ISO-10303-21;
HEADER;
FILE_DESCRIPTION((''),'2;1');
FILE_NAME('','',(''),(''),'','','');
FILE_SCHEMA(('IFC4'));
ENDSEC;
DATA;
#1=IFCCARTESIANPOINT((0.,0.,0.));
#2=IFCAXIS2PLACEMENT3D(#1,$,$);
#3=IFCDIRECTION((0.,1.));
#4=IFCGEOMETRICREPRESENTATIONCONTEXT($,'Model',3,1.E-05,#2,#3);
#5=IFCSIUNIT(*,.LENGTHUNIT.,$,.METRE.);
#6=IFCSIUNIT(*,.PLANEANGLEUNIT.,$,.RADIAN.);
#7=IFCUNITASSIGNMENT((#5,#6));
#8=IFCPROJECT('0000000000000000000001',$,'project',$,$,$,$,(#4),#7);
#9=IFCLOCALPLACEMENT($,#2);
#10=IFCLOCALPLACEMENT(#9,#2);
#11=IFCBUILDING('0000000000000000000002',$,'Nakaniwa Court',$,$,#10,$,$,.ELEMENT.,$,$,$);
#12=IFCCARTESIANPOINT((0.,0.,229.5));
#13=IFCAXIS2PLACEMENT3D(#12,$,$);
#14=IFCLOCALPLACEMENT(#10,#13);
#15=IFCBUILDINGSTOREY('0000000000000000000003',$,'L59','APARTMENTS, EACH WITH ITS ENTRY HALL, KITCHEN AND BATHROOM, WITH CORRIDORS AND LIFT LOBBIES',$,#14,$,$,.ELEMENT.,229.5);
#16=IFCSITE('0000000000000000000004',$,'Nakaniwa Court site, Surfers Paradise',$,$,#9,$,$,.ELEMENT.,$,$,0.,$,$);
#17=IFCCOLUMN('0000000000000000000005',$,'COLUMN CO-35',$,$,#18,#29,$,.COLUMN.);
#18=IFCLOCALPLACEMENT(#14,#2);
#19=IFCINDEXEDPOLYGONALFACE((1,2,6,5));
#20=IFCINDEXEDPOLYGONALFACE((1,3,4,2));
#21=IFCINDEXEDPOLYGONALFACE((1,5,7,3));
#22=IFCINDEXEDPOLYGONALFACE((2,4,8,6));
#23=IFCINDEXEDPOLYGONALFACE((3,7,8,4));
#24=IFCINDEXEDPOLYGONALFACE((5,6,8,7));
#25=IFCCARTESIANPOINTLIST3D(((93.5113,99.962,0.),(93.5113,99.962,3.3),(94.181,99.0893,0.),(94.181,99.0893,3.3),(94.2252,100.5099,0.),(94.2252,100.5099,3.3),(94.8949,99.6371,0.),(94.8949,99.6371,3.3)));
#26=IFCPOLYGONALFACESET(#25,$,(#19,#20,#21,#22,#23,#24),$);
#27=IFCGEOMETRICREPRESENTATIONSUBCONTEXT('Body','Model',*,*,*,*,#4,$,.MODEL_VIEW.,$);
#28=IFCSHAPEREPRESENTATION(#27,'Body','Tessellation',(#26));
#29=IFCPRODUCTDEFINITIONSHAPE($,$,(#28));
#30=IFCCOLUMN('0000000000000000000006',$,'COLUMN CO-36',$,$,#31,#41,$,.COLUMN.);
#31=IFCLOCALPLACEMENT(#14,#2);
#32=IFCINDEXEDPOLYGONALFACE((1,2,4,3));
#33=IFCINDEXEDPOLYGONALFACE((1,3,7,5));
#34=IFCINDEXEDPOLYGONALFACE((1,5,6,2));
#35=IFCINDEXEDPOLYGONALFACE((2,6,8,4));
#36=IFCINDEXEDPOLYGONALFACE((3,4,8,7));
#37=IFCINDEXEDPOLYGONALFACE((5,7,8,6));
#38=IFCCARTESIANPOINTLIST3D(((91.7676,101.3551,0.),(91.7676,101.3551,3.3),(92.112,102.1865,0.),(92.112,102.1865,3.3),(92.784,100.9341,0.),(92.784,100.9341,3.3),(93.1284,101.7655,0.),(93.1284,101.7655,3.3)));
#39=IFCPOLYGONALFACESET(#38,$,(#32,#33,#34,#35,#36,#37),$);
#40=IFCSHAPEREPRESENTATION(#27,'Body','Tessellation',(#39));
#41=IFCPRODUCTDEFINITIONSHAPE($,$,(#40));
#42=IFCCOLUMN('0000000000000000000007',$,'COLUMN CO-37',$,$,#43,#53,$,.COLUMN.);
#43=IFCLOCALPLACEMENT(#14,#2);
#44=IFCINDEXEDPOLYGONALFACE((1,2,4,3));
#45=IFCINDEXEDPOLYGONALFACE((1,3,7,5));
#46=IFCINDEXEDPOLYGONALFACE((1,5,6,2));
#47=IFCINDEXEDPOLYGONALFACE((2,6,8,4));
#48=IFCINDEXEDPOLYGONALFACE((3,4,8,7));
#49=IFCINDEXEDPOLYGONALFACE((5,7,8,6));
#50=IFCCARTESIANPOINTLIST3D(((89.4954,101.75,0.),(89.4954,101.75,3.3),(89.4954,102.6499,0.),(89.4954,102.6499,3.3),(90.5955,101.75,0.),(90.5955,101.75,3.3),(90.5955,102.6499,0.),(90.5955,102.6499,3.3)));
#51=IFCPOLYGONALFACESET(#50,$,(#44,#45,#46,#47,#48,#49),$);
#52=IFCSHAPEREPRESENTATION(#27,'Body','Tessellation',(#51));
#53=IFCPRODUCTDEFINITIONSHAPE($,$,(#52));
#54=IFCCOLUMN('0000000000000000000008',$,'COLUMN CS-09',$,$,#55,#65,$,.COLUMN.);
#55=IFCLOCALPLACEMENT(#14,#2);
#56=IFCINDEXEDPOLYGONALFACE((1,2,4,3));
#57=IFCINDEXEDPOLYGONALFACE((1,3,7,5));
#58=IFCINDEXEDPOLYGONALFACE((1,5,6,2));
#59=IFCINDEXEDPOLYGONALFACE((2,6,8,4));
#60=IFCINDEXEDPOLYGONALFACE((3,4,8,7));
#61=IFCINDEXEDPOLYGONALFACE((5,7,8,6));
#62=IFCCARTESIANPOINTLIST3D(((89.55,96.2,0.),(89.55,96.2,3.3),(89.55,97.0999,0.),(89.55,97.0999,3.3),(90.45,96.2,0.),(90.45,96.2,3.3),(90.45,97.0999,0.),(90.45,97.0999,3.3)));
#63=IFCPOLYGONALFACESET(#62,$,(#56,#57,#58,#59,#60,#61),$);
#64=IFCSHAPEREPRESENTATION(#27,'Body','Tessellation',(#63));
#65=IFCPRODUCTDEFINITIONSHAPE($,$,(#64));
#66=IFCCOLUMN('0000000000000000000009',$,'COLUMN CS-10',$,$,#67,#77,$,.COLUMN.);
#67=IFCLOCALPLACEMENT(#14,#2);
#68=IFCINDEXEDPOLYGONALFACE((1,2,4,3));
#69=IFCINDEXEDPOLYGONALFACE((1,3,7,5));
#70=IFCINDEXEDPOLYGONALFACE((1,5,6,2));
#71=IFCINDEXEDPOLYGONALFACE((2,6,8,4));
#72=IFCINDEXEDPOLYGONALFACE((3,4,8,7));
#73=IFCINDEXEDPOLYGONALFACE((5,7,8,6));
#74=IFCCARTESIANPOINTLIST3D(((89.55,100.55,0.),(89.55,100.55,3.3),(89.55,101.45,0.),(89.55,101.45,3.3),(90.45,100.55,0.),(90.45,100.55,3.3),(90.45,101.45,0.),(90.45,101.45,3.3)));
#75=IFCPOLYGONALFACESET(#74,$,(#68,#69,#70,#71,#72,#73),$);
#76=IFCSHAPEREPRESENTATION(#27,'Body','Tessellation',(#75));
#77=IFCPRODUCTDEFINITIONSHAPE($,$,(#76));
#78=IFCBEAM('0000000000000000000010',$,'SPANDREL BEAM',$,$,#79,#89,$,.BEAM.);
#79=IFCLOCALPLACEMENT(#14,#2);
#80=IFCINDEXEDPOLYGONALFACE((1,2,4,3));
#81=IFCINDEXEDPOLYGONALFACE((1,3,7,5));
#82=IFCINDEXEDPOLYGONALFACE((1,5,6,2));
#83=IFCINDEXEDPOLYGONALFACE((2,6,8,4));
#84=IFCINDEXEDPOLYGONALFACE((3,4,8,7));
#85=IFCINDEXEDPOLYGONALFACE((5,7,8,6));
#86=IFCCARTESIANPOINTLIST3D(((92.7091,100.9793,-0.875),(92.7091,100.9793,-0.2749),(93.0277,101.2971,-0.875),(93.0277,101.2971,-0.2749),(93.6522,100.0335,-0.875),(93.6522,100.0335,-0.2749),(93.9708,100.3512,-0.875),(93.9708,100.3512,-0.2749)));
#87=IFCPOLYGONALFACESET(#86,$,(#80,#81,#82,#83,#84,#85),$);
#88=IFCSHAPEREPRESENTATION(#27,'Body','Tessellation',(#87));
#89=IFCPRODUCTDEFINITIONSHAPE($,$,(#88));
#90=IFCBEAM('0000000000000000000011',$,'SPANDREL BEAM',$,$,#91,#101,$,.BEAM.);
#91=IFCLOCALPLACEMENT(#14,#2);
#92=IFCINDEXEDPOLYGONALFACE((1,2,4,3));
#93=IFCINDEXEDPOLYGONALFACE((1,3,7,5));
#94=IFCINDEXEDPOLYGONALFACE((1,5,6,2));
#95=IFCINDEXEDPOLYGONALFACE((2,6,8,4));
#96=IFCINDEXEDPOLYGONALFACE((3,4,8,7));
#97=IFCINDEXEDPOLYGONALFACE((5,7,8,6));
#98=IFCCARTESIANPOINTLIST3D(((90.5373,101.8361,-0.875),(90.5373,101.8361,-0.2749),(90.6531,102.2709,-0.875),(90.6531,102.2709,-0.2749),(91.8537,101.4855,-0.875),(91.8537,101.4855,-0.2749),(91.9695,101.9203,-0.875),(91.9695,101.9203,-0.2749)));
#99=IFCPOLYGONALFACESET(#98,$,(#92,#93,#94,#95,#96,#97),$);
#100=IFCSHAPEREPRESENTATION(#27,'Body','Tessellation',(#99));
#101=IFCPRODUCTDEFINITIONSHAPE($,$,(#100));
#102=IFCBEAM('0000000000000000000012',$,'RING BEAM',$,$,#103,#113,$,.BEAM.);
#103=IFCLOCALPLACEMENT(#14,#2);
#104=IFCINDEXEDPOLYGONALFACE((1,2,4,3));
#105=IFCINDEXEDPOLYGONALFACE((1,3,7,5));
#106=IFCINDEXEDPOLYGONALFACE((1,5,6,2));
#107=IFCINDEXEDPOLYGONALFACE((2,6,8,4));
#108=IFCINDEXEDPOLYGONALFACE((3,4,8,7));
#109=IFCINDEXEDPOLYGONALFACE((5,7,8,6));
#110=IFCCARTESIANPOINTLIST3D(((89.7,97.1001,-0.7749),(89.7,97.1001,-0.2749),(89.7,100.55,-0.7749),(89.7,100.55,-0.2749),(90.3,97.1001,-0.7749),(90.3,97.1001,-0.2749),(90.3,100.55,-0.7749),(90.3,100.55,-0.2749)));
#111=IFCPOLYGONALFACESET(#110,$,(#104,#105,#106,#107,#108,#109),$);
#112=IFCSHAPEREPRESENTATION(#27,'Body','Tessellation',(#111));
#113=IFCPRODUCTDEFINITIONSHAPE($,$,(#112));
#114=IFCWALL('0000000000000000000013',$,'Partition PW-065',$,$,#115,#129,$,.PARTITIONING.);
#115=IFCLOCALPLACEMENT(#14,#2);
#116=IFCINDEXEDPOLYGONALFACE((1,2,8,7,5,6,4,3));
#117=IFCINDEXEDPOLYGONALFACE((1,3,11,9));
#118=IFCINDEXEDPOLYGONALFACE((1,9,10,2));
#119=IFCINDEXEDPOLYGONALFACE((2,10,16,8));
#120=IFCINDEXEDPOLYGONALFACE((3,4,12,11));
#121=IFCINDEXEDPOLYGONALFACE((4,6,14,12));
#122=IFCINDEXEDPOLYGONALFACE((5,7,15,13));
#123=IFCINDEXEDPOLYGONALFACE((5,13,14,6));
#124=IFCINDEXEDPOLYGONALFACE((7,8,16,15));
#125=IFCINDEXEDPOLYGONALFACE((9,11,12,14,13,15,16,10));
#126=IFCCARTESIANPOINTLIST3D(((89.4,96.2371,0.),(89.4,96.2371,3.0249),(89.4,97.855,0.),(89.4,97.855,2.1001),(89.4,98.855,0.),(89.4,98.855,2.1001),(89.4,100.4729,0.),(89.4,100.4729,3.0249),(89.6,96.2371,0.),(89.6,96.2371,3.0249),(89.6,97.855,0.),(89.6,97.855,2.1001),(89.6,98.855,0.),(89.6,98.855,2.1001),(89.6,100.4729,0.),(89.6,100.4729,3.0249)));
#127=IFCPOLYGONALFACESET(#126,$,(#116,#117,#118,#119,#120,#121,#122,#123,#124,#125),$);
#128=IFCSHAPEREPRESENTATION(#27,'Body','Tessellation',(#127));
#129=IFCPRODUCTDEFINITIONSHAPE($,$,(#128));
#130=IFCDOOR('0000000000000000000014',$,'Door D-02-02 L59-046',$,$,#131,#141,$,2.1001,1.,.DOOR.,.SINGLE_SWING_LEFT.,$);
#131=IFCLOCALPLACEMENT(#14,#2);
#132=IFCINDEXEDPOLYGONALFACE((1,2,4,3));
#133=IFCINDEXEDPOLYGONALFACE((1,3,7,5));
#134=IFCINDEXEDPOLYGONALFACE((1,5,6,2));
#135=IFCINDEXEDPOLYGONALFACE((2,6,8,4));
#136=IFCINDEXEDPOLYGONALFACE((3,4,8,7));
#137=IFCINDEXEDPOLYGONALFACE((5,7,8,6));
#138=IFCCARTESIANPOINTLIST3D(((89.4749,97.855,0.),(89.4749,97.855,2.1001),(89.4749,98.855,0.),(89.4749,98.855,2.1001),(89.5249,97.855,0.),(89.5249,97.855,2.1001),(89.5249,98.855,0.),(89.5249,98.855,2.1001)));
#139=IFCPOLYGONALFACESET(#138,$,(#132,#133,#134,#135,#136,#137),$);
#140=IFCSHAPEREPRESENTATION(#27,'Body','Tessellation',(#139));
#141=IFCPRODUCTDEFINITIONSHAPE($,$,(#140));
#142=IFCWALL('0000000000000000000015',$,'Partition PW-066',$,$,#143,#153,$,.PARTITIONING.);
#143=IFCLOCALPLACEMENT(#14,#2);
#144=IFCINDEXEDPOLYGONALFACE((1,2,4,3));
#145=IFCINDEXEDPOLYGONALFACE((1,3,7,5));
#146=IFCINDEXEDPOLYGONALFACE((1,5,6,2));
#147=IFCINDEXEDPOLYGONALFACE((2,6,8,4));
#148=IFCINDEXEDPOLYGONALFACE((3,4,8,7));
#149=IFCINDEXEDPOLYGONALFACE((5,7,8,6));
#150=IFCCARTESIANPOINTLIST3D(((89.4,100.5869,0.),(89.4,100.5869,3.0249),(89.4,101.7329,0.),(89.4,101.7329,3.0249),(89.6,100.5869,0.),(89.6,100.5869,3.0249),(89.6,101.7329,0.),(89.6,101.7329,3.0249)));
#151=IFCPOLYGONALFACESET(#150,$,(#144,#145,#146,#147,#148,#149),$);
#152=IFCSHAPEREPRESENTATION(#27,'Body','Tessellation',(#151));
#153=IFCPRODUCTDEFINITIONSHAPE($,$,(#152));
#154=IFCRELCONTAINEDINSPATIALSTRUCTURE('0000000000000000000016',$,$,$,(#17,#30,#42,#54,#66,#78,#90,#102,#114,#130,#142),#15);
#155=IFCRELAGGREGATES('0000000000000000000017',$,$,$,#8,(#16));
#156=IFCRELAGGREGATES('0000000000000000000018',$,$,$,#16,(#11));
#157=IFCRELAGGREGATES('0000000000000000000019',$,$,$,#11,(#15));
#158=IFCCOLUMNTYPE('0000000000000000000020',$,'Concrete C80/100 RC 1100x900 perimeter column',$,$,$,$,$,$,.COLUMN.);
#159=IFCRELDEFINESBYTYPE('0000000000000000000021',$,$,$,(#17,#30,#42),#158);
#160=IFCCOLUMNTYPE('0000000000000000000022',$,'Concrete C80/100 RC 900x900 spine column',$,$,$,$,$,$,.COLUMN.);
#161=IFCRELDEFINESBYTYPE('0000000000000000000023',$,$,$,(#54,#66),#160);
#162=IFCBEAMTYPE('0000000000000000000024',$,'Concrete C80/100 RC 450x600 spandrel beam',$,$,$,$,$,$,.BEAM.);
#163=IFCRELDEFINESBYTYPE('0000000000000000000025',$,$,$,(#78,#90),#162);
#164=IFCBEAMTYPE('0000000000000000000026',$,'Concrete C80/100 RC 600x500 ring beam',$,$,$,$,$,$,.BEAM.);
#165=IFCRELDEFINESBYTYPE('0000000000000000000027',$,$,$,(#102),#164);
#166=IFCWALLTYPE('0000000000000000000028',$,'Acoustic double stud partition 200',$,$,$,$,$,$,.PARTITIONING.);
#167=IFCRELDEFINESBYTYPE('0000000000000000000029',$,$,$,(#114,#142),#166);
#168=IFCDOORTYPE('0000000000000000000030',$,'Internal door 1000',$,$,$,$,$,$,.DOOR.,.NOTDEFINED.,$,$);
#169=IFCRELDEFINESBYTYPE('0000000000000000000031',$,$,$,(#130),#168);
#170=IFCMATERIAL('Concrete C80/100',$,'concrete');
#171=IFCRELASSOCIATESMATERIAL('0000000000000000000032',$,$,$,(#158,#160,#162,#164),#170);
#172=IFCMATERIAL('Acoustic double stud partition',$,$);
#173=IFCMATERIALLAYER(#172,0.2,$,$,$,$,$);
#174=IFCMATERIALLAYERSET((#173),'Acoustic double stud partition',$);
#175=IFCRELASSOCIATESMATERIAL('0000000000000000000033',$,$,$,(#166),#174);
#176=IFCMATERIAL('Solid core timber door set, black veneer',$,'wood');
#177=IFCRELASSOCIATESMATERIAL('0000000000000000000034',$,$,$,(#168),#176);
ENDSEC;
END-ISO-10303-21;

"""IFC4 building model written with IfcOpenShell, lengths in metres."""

from ifc_helpers import new_model, si_unit, direction, frame, frame_2d, origin, origin_2d, place, context, subcontext, project, spatial, rectangle, extrude, material, layer, layer_set, material_profile, profile_set, type_object, element, fill, save


model = new_model("IFC4")

# Units and contexts
model_context = context("Model", 3, precision=1e-05, world=origin(), true_north=direction((0.0, 1.0)))
body_context = subcontext(model_context, "Body", "Model", "MODEL_VIEW")
ifc_project = project(units=[si_unit("LENGTHUNIT", "METRE"), si_unit("PLANEANGLEUNIT", "RADIAN")], contexts=[model_context])

# Site, building, storey
site_placement = place(None, origin())
site = spatial("IfcSite", under=ifc_project, at=site_placement, Name="Nakaniwa Court site, Surfers Paradise", CompositionType="ELEMENT", RefElevation=0.0)
building_placement = place(site_placement, origin())
building = spatial("IfcBuilding", under=site, at=building_placement, Name="Nakaniwa Court", CompositionType="ELEMENT")
storey_placement = place(building_placement, frame((0.0, 0.0, 229.5)))
storey = spatial("IfcBuildingStorey", under=building, at=storey_placement, Name="L59", Description="APARTMENTS, EACH WITH ITS ENTRY HALL, KITCHEN AND BATHROOM, WITH CORRIDORS AND LIFT LOBBIES", CompositionType="ELEMENT", Elevation=229.5)

# Columns
ifc_material_1 = material(Name="Concrete C80/100", Category="concrete")
ifc_material_profile_1 = material_profile(ifc_material_1, rectangle(XDim=1.1001, YDim=0.8999, at=origin_2d()), Name="Concrete C80/100 RC 1100x900 perimeter column")
ifc_profile_set_1 = profile_set([ifc_material_profile_1], Name="Concrete C80/100")
column_type_1 = type_object("IfcColumnType", Name="Concrete C80/100 RC 1100x900 perimeter column", PredefinedType="COLUMN", material=ifc_profile_set_1)
for number, where, z_axis, x_axis, name in (
    (1, (94.2031, 99.7996, 0.0), (0.0, 0.0, 1.0), (-0.608761, 0.793353, 0.0), "COLUMN CO-35"),
    (2, (92.448, 101.5603, 0.0), (0.0, 0.0, 1.0), (-0.92388, 0.382683, 0.0), "COLUMN CO-36"),
    (3, (90.0454, 102.2, 0.0), (0.0, 0.0, 1.0), (-1.0, 0.0, 0.0), "COLUMN CO-37"),
):
    element("IfcColumn", number, at=place(storey_placement, frame(where, z_axis=z_axis, x_axis=x_axis)), inside=storey, type_object=column_type_1, Name=name, PredefinedType="COLUMN", context=body_context, shape_type="SweptSolid", body=[
        extrude(rectangle(XDim=1.1001, YDim=0.8999, at=origin_2d()), origin(), (0.0, 0.0, 1.0), 3.3),
    ])
ifc_material_profile_2 = material_profile(ifc_material_1, rectangle(XDim=0.8999, YDim=0.8999, at=origin_2d()), Name="Concrete C80/100 RC 900x900 spine column")
ifc_profile_set_2 = profile_set([ifc_material_profile_2], Name="Concrete C80/100")
column_type_2 = type_object("IfcColumnType", Name="Concrete C80/100 RC 900x900 spine column", PredefinedType="COLUMN", material=ifc_profile_set_2)
for number, where, z_axis, x_axis, name in (
    (4, (90.0, 96.6499, 0.0), (0.0, 0.0, 1.0), (0.0, 1.0, 0.0), "COLUMN CS-09"),
    (5, (90.0, 101.0, 0.0), (0.0, 0.0, 1.0), (0.0, 1.0, 0.0), "COLUMN CS-10"),
):
    element("IfcColumn", number, at=place(storey_placement, frame(where, z_axis=z_axis, x_axis=x_axis)), inside=storey, type_object=column_type_2, Name=name, PredefinedType="COLUMN", context=body_context, shape_type="SweptSolid", body=[
        extrude(rectangle(XDim=0.8999, YDim=0.8999, at=origin_2d()), origin(), (0.0, 0.0, 1.0), 3.3),
    ])

# Beams
ifc_material_profile_3 = material_profile(ifc_material_1, rectangle(XDim=0.45, YDim=0.6001, at=origin_2d()), Name="Concrete C80/100 RC 450x600 spandrel beam")
ifc_profile_set_3 = profile_set([ifc_material_profile_3], Name="Concrete C80/100")
beam_type_1 = type_object("IfcBeamType", Name="Concrete C80/100 RC 450x600 spandrel beam", PredefinedType="BEAM", material=ifc_profile_set_3)
beam_1_placement = place(storey_placement, frame((93.8115, 100.1924, -0.575), z_axis=(-0.706101, 0.708111, 0.0), x_axis=(-0.708111, -0.706101, 0.0)))
element("IfcBeam", 6, at=beam_1_placement, inside=storey, type_object=beam_type_1, Name="SPANDREL BEAM", PredefinedType="BEAM", context=body_context, shape_type="SweptSolid", body=[
    extrude(rectangle(XDim=0.45, YDim=0.6001, at=origin_2d()), origin(), (0.0, 0.0, 1.0), 1.3357),
])
beam_2_placement = place(storey_placement, frame((91.9116, 101.7029, -0.575), z_axis=(-0.966318, 0.25735, 0.0), x_axis=(-0.25735, -0.966318, 0.0)))
element("IfcBeam", 7, at=beam_2_placement, inside=storey, type_object=beam_type_1, Name="SPANDREL BEAM", PredefinedType="BEAM", context=body_context, shape_type="SweptSolid", body=[
    extrude(rectangle(XDim=0.45, YDim=0.6001, at=origin_2d()), origin(), (0.0, 0.0, 1.0), 1.3623),
])
ifc_material_profile_4 = material_profile(ifc_material_1, rectangle(XDim=0.6001, YDim=0.5, at=origin_2d()), Name="Concrete C80/100 RC 600x500 ring beam")
ifc_profile_set_4 = profile_set([ifc_material_profile_4], Name="Concrete C80/100")
beam_type_2 = type_object("IfcBeamType", Name="Concrete C80/100 RC 600x500 ring beam", PredefinedType="BEAM", material=ifc_profile_set_4)
beam_3_placement = place(storey_placement, frame((90.0, 97.1001, -0.5249), z_axis=(0.0, 1.0, 0.0), x_axis=(-1.0, 0.0, 0.0)))
element("IfcBeam", 8, at=beam_3_placement, inside=storey, type_object=beam_type_2, Name="RING BEAM", PredefinedType="BEAM", context=body_context, shape_type="SweptSolid", body=[
    extrude(rectangle(XDim=0.6001, YDim=0.5, at=origin_2d()), origin(), (0.0, 0.0, 1.0), 3.45),
])

# Wall, opening, door
ifc_material_2 = material(Name="Acoustic double stud partition")
ifc_layer_1 = layer(ifc_material_2, 0.2)
ifc_layer_set_1 = layer_set([ifc_layer_1], Name="Acoustic double stud partition")
wall_type_1 = type_object("IfcWallType", Name="Acoustic double stud partition 200", PredefinedType="PARTITIONING", material=ifc_layer_set_1)
wall_1_placement = place(storey_placement, frame((89.5, 100.4729, 0.0), z_axis=(0.0, 0.0, 1.0), x_axis=(0.0, -1.0, 0.0)))
wall_1 = element("IfcWall", 9, at=wall_1_placement, inside=storey, type_object=wall_type_1, Name="Partition PW-065", PredefinedType="PARTITIONING", context=body_context, shape_type="SweptSolid", body=[
    extrude(rectangle(XDim=4.2358, YDim=0.2, at=frame_2d((2.1179, 0.0))), origin(), (0.0, 0.0, 1.0), 3.0249),
])
opening_1_placement = place(wall_1_placement, frame((1.6179, 0.0, 0.0)))
opening_1 = element("IfcOpeningElement", 10, at=opening_1_placement, cuts=wall_1, PredefinedType="OPENING", context=body_context, shape_type="SweptSolid", body=[
    extrude(rectangle(XDim=1.0, YDim=2.1001, at=frame_2d((0.5, 1.05))), frame((0.0, 0.1099, 0.0), z_axis=(0.0, -1.0, 0.0), x_axis=(1.0, 0.0, 0.0)), (0.0, 0.0, 1.0), 0.22),
])
ifc_material_3 = material(Name="Solid core timber door set, black veneer", Category="wood")
door_type = type_object("IfcDoorType", Name="Internal door 1000", OperationType="NOTDEFINED", PredefinedType="DOOR", material=ifc_material_3)
door_placement = place(opening_1_placement, origin())
door = element("IfcDoor", 11, at=door_placement, inside=storey, type_object=door_type, Name="Door D-02-02 L59-046", OperationType="SINGLE_SWING_LEFT", OverallHeight=2.1001, OverallWidth=1.0, PredefinedType="DOOR", context=body_context, shape_type="SweptSolid", body=[
    extrude(rectangle(XDim=1.0, YDim=2.1001, at=frame_2d((0.5, 1.05))), frame((0.0, 0.0249, 0.0), z_axis=(0.0, -1.0, 0.0), x_axis=(1.0, 0.0, 0.0)), (0.0, 0.0, 1.0), 0.05),
])
fill(opening_1, door)

# Wall
wall_2_placement = place(storey_placement, frame((89.5, 100.5869, 0.0), z_axis=(0.0, 0.0, 1.0), x_axis=(0.0, 1.0, 0.0)))
element("IfcWall", 12, at=wall_2_placement, inside=storey, type_object=wall_type_1, Name="Partition PW-066", PredefinedType="PARTITIONING", context=body_context, shape_type="SweptSolid", body=[
    extrude(rectangle(XDim=1.146, YDim=0.2, at=frame_2d((0.573, 0.0))), origin(), (0.0, 0.0, 1.0), 3.0249),
])

save(model, "model.ifc")
